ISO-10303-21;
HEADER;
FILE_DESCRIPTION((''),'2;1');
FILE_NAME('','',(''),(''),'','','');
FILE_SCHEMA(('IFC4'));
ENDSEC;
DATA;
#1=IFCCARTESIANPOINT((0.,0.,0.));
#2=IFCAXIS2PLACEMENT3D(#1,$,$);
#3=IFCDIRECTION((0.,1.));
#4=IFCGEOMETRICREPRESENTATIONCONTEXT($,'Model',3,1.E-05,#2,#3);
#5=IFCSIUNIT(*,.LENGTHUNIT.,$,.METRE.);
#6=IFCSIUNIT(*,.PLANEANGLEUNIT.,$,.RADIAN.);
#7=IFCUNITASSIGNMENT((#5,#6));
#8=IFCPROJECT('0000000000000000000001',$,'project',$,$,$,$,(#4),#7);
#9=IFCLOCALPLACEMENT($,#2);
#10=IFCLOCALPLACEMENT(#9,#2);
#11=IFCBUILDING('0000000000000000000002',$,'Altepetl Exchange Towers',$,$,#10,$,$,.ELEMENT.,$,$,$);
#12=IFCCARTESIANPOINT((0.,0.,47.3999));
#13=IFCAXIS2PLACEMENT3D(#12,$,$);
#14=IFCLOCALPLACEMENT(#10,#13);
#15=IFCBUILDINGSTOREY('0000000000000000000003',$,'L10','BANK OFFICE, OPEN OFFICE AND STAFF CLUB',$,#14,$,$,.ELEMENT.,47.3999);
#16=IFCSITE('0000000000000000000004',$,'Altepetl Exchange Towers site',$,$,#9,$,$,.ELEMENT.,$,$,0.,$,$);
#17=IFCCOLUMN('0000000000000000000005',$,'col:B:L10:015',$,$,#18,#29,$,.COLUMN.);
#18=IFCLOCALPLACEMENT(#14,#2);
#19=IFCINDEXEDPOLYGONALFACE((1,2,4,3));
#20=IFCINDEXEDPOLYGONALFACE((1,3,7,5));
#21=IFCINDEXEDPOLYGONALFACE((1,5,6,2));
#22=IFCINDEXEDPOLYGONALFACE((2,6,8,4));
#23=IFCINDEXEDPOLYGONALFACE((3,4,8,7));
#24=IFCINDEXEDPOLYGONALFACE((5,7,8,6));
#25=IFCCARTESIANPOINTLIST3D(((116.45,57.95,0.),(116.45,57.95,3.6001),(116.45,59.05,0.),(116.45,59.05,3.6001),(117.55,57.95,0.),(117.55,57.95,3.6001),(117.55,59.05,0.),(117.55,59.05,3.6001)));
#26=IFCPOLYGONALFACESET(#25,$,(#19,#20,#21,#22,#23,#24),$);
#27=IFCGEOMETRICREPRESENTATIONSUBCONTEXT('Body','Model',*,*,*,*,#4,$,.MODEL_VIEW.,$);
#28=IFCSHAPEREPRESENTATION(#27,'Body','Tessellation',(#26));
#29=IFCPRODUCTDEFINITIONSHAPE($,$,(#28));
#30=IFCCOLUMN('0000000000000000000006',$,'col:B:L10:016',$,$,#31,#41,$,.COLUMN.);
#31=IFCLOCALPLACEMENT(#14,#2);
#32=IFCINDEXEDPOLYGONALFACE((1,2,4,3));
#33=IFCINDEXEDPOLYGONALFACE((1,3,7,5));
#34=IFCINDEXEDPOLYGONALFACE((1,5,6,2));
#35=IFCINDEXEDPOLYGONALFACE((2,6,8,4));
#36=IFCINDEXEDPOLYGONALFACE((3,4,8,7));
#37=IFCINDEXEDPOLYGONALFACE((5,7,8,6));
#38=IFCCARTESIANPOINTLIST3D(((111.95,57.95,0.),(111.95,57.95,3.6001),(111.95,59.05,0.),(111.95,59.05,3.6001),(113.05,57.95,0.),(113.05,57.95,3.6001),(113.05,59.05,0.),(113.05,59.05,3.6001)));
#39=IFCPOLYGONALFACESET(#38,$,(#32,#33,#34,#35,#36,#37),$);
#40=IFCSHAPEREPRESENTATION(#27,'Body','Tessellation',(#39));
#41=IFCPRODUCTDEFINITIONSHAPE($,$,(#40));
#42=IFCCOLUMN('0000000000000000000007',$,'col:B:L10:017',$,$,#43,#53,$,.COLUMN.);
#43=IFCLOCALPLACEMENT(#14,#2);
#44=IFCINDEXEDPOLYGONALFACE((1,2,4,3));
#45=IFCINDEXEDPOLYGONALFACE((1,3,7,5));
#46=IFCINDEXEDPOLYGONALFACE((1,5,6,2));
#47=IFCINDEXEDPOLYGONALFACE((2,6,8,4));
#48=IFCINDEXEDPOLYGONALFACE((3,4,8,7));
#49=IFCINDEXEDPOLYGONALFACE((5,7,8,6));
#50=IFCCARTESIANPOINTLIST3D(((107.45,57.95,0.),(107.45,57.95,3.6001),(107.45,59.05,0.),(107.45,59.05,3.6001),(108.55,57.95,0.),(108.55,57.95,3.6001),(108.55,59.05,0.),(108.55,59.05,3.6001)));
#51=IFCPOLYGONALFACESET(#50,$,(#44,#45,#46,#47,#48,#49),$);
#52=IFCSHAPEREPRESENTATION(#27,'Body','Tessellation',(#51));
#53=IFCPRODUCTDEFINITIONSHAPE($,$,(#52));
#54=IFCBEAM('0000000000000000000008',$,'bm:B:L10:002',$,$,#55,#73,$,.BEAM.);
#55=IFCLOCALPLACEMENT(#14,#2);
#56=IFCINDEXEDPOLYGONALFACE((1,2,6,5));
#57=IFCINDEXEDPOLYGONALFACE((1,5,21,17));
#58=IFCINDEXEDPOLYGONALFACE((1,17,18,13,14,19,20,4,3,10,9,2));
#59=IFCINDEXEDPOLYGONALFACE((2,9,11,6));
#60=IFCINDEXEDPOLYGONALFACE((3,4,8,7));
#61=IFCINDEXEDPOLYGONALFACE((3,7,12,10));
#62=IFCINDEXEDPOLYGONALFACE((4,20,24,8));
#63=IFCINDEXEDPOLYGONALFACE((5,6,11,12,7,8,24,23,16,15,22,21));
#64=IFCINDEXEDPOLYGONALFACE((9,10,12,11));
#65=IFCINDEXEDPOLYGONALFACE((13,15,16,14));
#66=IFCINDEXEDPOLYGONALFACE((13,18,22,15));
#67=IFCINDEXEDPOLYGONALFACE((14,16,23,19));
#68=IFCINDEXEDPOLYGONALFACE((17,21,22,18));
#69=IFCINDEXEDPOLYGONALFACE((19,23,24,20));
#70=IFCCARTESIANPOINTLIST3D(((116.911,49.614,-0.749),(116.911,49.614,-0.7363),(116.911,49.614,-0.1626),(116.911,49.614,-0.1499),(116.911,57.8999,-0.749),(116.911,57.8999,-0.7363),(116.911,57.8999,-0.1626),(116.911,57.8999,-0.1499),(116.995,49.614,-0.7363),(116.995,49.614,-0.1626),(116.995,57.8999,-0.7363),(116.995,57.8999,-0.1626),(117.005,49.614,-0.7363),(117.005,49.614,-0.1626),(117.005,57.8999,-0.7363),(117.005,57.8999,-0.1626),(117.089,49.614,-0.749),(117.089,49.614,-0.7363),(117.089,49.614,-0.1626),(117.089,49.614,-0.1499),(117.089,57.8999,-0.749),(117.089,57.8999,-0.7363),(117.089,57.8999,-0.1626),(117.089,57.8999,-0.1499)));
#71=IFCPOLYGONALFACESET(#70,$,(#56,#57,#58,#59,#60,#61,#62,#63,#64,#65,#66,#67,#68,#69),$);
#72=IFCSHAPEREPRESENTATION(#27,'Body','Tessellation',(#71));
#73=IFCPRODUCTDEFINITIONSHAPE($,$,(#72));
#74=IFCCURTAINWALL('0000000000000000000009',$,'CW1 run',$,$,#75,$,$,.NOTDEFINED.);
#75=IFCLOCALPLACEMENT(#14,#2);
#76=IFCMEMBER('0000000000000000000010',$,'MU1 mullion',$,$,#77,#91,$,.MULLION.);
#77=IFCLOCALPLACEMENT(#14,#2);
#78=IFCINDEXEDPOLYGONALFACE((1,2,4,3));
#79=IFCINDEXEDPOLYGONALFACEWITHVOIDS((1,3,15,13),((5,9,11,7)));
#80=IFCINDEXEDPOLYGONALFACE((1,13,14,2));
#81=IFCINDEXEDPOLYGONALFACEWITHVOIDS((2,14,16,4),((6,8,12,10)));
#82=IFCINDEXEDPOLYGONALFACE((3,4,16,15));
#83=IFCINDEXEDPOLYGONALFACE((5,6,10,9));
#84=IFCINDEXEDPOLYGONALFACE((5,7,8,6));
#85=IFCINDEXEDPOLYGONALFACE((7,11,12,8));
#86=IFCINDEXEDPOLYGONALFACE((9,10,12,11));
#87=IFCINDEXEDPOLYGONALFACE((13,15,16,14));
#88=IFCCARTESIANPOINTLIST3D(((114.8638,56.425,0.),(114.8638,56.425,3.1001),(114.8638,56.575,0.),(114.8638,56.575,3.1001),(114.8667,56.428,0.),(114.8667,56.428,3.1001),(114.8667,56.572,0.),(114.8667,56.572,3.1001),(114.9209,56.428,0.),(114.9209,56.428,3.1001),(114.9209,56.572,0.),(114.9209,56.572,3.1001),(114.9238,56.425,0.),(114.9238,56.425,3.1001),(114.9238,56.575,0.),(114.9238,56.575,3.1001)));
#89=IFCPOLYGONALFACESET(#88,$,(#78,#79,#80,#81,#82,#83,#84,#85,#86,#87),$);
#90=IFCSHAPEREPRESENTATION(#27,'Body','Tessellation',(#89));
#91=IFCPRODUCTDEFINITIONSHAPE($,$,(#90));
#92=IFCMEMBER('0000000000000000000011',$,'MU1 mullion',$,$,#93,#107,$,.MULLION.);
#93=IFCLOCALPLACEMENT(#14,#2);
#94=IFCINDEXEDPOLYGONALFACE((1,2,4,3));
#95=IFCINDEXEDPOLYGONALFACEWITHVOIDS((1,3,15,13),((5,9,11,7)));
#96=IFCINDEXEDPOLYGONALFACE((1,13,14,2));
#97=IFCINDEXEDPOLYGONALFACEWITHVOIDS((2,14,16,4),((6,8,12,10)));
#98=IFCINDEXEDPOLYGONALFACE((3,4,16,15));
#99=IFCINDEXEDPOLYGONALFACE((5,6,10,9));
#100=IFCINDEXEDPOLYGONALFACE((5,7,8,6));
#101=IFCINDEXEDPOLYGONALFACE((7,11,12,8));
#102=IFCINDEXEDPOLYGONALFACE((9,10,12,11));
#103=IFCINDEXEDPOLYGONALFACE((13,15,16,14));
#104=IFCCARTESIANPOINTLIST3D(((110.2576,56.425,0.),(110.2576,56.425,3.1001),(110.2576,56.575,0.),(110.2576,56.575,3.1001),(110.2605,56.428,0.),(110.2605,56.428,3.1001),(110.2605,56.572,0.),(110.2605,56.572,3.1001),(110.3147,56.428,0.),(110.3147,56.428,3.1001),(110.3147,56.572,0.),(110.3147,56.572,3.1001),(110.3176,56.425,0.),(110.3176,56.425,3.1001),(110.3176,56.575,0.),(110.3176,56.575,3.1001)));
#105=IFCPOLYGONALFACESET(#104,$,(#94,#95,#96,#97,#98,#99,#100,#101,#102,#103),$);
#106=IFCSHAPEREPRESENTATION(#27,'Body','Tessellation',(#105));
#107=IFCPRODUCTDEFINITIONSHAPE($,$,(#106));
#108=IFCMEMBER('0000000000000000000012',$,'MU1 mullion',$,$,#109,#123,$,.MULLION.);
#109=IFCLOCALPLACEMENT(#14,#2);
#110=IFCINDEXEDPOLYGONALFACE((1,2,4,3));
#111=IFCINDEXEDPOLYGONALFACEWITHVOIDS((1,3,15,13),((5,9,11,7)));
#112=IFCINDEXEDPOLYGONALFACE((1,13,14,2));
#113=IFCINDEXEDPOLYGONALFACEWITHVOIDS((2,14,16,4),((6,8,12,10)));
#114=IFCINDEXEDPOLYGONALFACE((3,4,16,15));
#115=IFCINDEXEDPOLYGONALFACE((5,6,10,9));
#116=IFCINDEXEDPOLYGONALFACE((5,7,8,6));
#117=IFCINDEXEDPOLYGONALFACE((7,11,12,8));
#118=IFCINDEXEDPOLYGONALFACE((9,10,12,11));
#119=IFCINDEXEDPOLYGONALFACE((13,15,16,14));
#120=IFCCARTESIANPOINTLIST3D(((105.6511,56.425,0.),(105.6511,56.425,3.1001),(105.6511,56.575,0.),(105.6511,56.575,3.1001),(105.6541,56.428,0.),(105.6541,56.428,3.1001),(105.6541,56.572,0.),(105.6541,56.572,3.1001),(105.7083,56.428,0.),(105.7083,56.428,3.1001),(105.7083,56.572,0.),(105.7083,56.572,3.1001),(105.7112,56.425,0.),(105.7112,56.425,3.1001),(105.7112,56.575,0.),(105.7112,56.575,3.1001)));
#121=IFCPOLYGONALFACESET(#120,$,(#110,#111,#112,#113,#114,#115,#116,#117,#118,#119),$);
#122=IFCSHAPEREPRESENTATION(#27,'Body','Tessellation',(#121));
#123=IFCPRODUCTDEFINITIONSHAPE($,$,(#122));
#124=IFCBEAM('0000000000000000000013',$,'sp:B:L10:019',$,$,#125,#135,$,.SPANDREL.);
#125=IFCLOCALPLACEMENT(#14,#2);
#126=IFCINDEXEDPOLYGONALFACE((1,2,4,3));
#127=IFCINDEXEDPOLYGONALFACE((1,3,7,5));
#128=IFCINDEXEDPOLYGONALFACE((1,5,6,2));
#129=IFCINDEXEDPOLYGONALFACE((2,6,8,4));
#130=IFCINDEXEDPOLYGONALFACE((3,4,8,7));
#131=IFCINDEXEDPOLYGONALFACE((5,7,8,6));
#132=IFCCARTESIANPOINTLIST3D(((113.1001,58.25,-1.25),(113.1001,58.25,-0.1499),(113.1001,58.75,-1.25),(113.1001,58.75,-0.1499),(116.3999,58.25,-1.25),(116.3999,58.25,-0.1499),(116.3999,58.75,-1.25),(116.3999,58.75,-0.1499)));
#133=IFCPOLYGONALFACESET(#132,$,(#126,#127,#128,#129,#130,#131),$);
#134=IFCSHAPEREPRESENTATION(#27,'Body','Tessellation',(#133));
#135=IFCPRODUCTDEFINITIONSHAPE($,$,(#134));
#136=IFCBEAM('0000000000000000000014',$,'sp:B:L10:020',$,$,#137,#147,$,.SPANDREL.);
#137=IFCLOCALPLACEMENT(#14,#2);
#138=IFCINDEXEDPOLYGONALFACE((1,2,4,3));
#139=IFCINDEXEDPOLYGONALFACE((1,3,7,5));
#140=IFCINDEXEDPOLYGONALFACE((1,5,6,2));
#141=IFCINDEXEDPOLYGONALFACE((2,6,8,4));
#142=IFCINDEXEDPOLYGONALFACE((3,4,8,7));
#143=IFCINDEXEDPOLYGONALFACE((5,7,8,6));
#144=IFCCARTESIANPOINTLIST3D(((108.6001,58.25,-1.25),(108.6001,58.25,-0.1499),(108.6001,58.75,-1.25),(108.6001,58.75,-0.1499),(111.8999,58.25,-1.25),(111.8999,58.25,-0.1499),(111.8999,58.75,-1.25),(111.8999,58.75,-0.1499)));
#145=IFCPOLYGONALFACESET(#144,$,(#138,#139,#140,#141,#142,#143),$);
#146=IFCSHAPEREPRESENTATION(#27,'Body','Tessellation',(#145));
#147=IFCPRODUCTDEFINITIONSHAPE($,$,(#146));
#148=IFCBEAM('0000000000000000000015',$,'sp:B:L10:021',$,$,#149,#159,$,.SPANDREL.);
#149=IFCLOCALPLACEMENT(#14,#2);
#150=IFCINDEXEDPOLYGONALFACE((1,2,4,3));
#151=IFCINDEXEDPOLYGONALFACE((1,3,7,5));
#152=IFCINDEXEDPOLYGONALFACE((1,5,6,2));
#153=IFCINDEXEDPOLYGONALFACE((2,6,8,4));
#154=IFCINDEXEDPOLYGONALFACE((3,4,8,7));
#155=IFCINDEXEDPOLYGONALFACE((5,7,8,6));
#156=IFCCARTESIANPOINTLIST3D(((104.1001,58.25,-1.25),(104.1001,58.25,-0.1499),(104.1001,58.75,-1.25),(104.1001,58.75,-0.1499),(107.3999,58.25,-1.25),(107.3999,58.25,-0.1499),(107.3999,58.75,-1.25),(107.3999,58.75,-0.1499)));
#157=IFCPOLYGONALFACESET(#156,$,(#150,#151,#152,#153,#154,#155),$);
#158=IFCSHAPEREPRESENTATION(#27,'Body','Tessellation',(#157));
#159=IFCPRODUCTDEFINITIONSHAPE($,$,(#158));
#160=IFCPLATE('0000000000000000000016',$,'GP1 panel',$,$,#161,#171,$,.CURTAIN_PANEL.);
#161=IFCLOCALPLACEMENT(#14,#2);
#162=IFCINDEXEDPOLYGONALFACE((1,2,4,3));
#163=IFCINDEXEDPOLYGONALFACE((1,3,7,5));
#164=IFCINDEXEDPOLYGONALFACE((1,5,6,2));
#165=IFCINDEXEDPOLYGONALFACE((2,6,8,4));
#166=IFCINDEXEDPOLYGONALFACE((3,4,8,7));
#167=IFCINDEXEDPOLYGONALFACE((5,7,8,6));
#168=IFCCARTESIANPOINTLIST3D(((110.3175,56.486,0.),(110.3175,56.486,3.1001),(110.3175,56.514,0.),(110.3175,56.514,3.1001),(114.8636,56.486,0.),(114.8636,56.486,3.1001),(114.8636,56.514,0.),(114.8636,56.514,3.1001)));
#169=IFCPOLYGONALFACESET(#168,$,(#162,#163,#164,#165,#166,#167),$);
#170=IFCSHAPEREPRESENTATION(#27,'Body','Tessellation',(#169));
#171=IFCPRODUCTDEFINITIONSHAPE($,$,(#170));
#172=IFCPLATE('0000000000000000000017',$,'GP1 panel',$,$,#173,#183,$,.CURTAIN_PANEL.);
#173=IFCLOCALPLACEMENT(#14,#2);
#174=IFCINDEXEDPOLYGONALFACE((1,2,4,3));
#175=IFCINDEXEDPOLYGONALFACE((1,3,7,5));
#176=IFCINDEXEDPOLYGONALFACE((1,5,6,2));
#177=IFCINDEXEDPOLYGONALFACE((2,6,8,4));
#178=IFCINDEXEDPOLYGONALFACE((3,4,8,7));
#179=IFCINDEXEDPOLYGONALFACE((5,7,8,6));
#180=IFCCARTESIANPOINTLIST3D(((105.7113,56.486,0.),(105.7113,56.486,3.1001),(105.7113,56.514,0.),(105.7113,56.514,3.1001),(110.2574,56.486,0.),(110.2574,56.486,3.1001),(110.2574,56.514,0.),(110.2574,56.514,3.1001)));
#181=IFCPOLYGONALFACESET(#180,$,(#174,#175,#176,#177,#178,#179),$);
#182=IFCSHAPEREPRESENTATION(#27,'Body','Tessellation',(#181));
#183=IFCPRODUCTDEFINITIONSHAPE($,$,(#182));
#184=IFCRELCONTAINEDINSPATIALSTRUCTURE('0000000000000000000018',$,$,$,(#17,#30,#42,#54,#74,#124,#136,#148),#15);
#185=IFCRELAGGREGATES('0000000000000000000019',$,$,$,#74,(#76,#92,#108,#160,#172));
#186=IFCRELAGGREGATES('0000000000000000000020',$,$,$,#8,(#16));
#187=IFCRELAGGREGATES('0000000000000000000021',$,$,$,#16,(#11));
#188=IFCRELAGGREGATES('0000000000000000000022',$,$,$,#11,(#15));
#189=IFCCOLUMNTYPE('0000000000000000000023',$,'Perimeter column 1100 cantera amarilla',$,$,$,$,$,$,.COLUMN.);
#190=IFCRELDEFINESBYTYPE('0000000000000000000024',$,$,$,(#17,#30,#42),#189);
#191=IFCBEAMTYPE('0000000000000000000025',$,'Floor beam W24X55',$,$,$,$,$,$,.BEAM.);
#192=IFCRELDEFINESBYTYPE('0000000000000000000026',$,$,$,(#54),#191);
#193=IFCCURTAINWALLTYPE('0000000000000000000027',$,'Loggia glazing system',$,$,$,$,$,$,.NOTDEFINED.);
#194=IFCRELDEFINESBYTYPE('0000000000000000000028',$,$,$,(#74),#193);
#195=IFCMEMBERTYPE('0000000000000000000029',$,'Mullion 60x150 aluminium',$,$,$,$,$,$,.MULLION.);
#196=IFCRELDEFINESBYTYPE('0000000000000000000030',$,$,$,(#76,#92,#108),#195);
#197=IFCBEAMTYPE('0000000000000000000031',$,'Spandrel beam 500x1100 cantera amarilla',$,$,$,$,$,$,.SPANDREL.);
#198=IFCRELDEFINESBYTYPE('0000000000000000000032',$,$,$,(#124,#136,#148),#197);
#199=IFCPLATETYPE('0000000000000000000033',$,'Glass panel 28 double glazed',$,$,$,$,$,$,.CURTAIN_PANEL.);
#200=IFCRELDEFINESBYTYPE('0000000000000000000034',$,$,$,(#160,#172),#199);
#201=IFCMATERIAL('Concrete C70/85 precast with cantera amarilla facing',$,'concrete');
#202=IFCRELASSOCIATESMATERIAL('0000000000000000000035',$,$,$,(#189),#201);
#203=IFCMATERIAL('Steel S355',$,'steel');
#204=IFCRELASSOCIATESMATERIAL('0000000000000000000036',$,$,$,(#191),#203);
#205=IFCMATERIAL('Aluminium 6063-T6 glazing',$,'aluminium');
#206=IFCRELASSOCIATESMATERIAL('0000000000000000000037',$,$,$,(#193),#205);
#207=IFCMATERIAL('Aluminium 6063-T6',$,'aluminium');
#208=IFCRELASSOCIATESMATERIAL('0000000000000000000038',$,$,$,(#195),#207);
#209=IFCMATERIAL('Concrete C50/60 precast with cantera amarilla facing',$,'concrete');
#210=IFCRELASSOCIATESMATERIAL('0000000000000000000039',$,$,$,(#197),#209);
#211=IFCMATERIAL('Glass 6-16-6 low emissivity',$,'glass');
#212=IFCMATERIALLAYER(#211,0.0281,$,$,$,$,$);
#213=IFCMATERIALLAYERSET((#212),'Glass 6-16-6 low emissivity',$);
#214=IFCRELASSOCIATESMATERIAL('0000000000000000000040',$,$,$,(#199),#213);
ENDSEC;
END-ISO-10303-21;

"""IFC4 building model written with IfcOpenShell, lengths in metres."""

from ifc_helpers import new_model, si_unit, direction, frame, origin, origin_2d, place, context, subcontext, project, spatial, rectangle, hollow_rectangle, i_section, extrude, material, layer, layer_set, material_profile, profile_set, type_object, element, aggregate, save


model = new_model("IFC4")

# Units and contexts
model_context = context("Model", 3, precision=1e-05, world=origin(), true_north=direction((0.0, 1.0)))
body_context = subcontext(model_context, "Body", "Model", "MODEL_VIEW")
ifc_project = project(units=[si_unit("LENGTHUNIT", "METRE"), si_unit("PLANEANGLEUNIT", "RADIAN")], contexts=[model_context])

# Site, building, storey
site_placement = place(None, origin())
site = spatial("IfcSite", under=ifc_project, at=site_placement, Name="Altepetl Exchange Towers site", CompositionType="ELEMENT", RefElevation=0.0)
building_placement = place(site_placement, origin())
building = spatial("IfcBuilding", under=site, at=building_placement, Name="Altepetl Exchange Towers", CompositionType="ELEMENT")
storey_placement = place(building_placement, frame((0.0, 0.0, 47.3999)))
storey = spatial("IfcBuildingStorey", under=building, at=storey_placement, Name="L10", Description="BANK OFFICE, OPEN OFFICE AND STAFF CLUB", CompositionType="ELEMENT", Elevation=47.3999)

# Columns
ifc_material_1 = material(Name="Concrete C70/85 precast with cantera amarilla facing", Category="concrete")
ifc_material_profile_1 = material_profile(ifc_material_1, rectangle(XDim=1.1001, YDim=1.1001, at=origin_2d()), Name="1100 x 1100")
ifc_profile_set_1 = profile_set([ifc_material_profile_1], Name="Concrete C70/85 precast with cantera amarilla facing")
column_type = type_object("IfcColumnType", Name="Perimeter column 1100 cantera amarilla", PredefinedType="COLUMN", material=ifc_profile_set_1)
for number, where, name in (
    (1, (117.0, 58.5, 0.0), "col:B:L10:015"),
    (2, (112.5, 58.5, 0.0), "col:B:L10:016"),
    (3, (108.0, 58.5, 0.0), "col:B:L10:017"),
):
    element("IfcColumn", number, at=place(storey_placement, frame(where)), inside=storey, type_object=column_type, Name=name, PredefinedType="COLUMN", context=body_context, shape_type="SweptSolid", body=[
        extrude(rectangle(XDim=1.1001, YDim=1.1001, at=origin_2d()), origin(), (0.0, 0.0, 1.0), 3.6001),
    ])

# Beam
ifc_material_2 = material(Name="Steel S355", Category="steel")
ifc_material_profile_2 = material_profile(ifc_material_2, i_section(OverallWidth=0.178, OverallDepth=0.5991, WebThickness=0.01, FlangeThickness=0.0127, at=origin_2d()), Name="W24X55")
ifc_profile_set_2 = profile_set([ifc_material_profile_2], Name="Steel S355")
beam_type_1 = type_object("IfcBeamType", Name="Floor beam W24X55", PredefinedType="BEAM", material=ifc_profile_set_2)
beam_placement = place(storey_placement, frame((117.0, 49.614, -0.4495), z_axis=(0.0, 1.0, 0.0), x_axis=(-1.0, 0.0, 0.0)))
element("IfcBeam", 4, at=beam_placement, inside=storey, type_object=beam_type_1, Name="bm:B:L10:002", PredefinedType="BEAM", context=body_context, shape_type="SweptSolid", body=[
    extrude(i_section(OverallWidth=0.178, OverallDepth=0.5991, WebThickness=0.01, FlangeThickness=0.0127, at=origin_2d()), origin(), (0.0, 0.0, 1.0), 8.2859),
])

# Curtain wall, members
ifc_material_3 = material(Name="Aluminium 6063-T6 glazing", Category="aluminium")
curtain_wall_type = type_object("IfcCurtainWallType", Name="Loggia glazing system", PredefinedType="NOTDEFINED", material=ifc_material_3)
curtain_wall_placement = place(storey_placement, origin())
curtain_wall = element("IfcCurtainWall", 5, at=curtain_wall_placement, inside=storey, type_object=curtain_wall_type, Name="CW1 run", PredefinedType="NOTDEFINED")
ifc_material_4 = material(Name="Aluminium 6063-T6", Category="aluminium")
ifc_material_profile_3 = material_profile(ifc_material_4, hollow_rectangle(XDim=0.0601, YDim=0.1499, WallThickness=0.0029, at=origin_2d()), Name="Mullion 60x150 aluminium")
ifc_profile_set_3 = profile_set([ifc_material_profile_3], Name="Aluminium 6063-T6")
member_type = type_object("IfcMemberType", Name="Mullion 60x150 aluminium", PredefinedType="MULLION", material=ifc_profile_set_3)
member_1_placement = place(storey_placement, frame((114.8938, 56.5, 0.0), z_axis=(0.0, 0.0, 1.0), x_axis=(-1.0, 0.0, 0.0)))
member_1 = element("IfcMember", 6, at=member_1_placement, type_object=member_type, Name="MU1 mullion", PredefinedType="MULLION", context=body_context, shape_type="SweptSolid", body=[
    extrude(hollow_rectangle(XDim=0.0601, YDim=0.1499, WallThickness=0.0029, at=origin_2d()), origin(), (0.0, 0.0, 1.0), 3.1001),
])
member_2_placement = place(storey_placement, frame((110.2876, 56.5, 0.0), z_axis=(0.0, 0.0, 1.0), x_axis=(-1.0, 0.0, 0.0)))
member_2 = element("IfcMember", 7, at=member_2_placement, type_object=member_type, Name="MU1 mullion", PredefinedType="MULLION", context=body_context, shape_type="SweptSolid", body=[
    extrude(hollow_rectangle(XDim=0.0601, YDim=0.1499, WallThickness=0.0029, at=origin_2d()), origin(), (0.0, 0.0, 1.0), 3.1001),
])
member_3_placement = place(storey_placement, frame((105.6812, 56.5, 0.0), z_axis=(0.0, 0.0, 1.0), x_axis=(-1.0, 0.0, 0.0)))
member_3 = element("IfcMember", 8, at=member_3_placement, type_object=member_type, Name="MU1 mullion", PredefinedType="MULLION", context=body_context, shape_type="SweptSolid", body=[
    extrude(hollow_rectangle(XDim=0.0601, YDim=0.1499, WallThickness=0.0029, at=origin_2d()), origin(), (0.0, 0.0, 1.0), 3.1001),
])

# Beams
ifc_material_5 = material(Name="Concrete C50/60 precast with cantera amarilla facing", Category="concrete")
ifc_material_profile_4 = material_profile(ifc_material_5, rectangle(XDim=0.5, YDim=1.1001, at=origin_2d()), Name="500 x 1100")
ifc_profile_set_4 = profile_set([ifc_material_profile_4], Name="Concrete C50/60 precast with cantera amarilla facing")
beam_type_2 = type_object("IfcBeamType", Name="Spandrel beam 500x1100 cantera amarilla", PredefinedType="SPANDREL", material=ifc_profile_set_4)
for number, where, z_axis, x_axis, name in (
    (9, (116.3999, 58.5, -0.7), (-1.0, 0.0, 0.0), (0.0, -1.0, 0.0), "sp:B:L10:019"),
    (10, (111.8999, 58.5, -0.7), (-1.0, 0.0, 0.0), (0.0, -1.0, 0.0), "sp:B:L10:020"),
    (11, (107.3999, 58.5, -0.7), (-1.0, 0.0, 0.0), (0.0, -1.0, 0.0), "sp:B:L10:021"),
):
    element("IfcBeam", number, at=place(storey_placement, frame(where, z_axis=z_axis, x_axis=x_axis)), inside=storey, type_object=beam_type_2, Name=name, PredefinedType="SPANDREL", context=body_context, shape_type="SweptSolid", body=[
        extrude(rectangle(XDim=0.5, YDim=1.1001, at=origin_2d()), origin(), (0.0, 0.0, 1.0), 3.2998),
    ])

# Plates
ifc_material_6 = material(Name="Glass 6-16-6 low emissivity", Category="glass")
ifc_layer_1 = layer(ifc_material_6, 0.0281)
ifc_layer_set_1 = layer_set([ifc_layer_1], Name="Glass 6-16-6 low emissivity")
plate_type = type_object("IfcPlateType", Name="Glass panel 28 double glazed", PredefinedType="CURTAIN_PANEL", material=ifc_layer_set_1)
plate_1_placement = place(storey_placement, frame((112.5906, 56.5, 0.0), z_axis=(0.0, 0.0, 1.0), x_axis=(-1.0, 0.0, 0.0)))
plate_1 = element("IfcPlate", 12, at=plate_1_placement, type_object=plate_type, Name="GP1 panel", PredefinedType="CURTAIN_PANEL", context=body_context, shape_type="SweptSolid", body=[
    extrude(rectangle(XDim=4.5461, YDim=0.0281, at=origin_2d()), origin(), (0.0, 0.0, 1.0), 3.1001),
])
plate_2_placement = place(storey_placement, frame((107.9844, 56.5, 0.0), z_axis=(0.0, 0.0, 1.0), x_axis=(-1.0, 0.0, 0.0)))
plate_2 = element("IfcPlate", 13, at=plate_2_placement, type_object=plate_type, Name="GP1 panel", PredefinedType="CURTAIN_PANEL", context=body_context, shape_type="SweptSolid", body=[
    extrude(rectangle(XDim=4.5461, YDim=0.0281, at=origin_2d()), origin(), (0.0, 0.0, 1.0), 3.1001),
])
aggregate(curtain_wall, [member_1, member_2, member_3, plate_1, plate_2])

save(model, "model.ifc")
